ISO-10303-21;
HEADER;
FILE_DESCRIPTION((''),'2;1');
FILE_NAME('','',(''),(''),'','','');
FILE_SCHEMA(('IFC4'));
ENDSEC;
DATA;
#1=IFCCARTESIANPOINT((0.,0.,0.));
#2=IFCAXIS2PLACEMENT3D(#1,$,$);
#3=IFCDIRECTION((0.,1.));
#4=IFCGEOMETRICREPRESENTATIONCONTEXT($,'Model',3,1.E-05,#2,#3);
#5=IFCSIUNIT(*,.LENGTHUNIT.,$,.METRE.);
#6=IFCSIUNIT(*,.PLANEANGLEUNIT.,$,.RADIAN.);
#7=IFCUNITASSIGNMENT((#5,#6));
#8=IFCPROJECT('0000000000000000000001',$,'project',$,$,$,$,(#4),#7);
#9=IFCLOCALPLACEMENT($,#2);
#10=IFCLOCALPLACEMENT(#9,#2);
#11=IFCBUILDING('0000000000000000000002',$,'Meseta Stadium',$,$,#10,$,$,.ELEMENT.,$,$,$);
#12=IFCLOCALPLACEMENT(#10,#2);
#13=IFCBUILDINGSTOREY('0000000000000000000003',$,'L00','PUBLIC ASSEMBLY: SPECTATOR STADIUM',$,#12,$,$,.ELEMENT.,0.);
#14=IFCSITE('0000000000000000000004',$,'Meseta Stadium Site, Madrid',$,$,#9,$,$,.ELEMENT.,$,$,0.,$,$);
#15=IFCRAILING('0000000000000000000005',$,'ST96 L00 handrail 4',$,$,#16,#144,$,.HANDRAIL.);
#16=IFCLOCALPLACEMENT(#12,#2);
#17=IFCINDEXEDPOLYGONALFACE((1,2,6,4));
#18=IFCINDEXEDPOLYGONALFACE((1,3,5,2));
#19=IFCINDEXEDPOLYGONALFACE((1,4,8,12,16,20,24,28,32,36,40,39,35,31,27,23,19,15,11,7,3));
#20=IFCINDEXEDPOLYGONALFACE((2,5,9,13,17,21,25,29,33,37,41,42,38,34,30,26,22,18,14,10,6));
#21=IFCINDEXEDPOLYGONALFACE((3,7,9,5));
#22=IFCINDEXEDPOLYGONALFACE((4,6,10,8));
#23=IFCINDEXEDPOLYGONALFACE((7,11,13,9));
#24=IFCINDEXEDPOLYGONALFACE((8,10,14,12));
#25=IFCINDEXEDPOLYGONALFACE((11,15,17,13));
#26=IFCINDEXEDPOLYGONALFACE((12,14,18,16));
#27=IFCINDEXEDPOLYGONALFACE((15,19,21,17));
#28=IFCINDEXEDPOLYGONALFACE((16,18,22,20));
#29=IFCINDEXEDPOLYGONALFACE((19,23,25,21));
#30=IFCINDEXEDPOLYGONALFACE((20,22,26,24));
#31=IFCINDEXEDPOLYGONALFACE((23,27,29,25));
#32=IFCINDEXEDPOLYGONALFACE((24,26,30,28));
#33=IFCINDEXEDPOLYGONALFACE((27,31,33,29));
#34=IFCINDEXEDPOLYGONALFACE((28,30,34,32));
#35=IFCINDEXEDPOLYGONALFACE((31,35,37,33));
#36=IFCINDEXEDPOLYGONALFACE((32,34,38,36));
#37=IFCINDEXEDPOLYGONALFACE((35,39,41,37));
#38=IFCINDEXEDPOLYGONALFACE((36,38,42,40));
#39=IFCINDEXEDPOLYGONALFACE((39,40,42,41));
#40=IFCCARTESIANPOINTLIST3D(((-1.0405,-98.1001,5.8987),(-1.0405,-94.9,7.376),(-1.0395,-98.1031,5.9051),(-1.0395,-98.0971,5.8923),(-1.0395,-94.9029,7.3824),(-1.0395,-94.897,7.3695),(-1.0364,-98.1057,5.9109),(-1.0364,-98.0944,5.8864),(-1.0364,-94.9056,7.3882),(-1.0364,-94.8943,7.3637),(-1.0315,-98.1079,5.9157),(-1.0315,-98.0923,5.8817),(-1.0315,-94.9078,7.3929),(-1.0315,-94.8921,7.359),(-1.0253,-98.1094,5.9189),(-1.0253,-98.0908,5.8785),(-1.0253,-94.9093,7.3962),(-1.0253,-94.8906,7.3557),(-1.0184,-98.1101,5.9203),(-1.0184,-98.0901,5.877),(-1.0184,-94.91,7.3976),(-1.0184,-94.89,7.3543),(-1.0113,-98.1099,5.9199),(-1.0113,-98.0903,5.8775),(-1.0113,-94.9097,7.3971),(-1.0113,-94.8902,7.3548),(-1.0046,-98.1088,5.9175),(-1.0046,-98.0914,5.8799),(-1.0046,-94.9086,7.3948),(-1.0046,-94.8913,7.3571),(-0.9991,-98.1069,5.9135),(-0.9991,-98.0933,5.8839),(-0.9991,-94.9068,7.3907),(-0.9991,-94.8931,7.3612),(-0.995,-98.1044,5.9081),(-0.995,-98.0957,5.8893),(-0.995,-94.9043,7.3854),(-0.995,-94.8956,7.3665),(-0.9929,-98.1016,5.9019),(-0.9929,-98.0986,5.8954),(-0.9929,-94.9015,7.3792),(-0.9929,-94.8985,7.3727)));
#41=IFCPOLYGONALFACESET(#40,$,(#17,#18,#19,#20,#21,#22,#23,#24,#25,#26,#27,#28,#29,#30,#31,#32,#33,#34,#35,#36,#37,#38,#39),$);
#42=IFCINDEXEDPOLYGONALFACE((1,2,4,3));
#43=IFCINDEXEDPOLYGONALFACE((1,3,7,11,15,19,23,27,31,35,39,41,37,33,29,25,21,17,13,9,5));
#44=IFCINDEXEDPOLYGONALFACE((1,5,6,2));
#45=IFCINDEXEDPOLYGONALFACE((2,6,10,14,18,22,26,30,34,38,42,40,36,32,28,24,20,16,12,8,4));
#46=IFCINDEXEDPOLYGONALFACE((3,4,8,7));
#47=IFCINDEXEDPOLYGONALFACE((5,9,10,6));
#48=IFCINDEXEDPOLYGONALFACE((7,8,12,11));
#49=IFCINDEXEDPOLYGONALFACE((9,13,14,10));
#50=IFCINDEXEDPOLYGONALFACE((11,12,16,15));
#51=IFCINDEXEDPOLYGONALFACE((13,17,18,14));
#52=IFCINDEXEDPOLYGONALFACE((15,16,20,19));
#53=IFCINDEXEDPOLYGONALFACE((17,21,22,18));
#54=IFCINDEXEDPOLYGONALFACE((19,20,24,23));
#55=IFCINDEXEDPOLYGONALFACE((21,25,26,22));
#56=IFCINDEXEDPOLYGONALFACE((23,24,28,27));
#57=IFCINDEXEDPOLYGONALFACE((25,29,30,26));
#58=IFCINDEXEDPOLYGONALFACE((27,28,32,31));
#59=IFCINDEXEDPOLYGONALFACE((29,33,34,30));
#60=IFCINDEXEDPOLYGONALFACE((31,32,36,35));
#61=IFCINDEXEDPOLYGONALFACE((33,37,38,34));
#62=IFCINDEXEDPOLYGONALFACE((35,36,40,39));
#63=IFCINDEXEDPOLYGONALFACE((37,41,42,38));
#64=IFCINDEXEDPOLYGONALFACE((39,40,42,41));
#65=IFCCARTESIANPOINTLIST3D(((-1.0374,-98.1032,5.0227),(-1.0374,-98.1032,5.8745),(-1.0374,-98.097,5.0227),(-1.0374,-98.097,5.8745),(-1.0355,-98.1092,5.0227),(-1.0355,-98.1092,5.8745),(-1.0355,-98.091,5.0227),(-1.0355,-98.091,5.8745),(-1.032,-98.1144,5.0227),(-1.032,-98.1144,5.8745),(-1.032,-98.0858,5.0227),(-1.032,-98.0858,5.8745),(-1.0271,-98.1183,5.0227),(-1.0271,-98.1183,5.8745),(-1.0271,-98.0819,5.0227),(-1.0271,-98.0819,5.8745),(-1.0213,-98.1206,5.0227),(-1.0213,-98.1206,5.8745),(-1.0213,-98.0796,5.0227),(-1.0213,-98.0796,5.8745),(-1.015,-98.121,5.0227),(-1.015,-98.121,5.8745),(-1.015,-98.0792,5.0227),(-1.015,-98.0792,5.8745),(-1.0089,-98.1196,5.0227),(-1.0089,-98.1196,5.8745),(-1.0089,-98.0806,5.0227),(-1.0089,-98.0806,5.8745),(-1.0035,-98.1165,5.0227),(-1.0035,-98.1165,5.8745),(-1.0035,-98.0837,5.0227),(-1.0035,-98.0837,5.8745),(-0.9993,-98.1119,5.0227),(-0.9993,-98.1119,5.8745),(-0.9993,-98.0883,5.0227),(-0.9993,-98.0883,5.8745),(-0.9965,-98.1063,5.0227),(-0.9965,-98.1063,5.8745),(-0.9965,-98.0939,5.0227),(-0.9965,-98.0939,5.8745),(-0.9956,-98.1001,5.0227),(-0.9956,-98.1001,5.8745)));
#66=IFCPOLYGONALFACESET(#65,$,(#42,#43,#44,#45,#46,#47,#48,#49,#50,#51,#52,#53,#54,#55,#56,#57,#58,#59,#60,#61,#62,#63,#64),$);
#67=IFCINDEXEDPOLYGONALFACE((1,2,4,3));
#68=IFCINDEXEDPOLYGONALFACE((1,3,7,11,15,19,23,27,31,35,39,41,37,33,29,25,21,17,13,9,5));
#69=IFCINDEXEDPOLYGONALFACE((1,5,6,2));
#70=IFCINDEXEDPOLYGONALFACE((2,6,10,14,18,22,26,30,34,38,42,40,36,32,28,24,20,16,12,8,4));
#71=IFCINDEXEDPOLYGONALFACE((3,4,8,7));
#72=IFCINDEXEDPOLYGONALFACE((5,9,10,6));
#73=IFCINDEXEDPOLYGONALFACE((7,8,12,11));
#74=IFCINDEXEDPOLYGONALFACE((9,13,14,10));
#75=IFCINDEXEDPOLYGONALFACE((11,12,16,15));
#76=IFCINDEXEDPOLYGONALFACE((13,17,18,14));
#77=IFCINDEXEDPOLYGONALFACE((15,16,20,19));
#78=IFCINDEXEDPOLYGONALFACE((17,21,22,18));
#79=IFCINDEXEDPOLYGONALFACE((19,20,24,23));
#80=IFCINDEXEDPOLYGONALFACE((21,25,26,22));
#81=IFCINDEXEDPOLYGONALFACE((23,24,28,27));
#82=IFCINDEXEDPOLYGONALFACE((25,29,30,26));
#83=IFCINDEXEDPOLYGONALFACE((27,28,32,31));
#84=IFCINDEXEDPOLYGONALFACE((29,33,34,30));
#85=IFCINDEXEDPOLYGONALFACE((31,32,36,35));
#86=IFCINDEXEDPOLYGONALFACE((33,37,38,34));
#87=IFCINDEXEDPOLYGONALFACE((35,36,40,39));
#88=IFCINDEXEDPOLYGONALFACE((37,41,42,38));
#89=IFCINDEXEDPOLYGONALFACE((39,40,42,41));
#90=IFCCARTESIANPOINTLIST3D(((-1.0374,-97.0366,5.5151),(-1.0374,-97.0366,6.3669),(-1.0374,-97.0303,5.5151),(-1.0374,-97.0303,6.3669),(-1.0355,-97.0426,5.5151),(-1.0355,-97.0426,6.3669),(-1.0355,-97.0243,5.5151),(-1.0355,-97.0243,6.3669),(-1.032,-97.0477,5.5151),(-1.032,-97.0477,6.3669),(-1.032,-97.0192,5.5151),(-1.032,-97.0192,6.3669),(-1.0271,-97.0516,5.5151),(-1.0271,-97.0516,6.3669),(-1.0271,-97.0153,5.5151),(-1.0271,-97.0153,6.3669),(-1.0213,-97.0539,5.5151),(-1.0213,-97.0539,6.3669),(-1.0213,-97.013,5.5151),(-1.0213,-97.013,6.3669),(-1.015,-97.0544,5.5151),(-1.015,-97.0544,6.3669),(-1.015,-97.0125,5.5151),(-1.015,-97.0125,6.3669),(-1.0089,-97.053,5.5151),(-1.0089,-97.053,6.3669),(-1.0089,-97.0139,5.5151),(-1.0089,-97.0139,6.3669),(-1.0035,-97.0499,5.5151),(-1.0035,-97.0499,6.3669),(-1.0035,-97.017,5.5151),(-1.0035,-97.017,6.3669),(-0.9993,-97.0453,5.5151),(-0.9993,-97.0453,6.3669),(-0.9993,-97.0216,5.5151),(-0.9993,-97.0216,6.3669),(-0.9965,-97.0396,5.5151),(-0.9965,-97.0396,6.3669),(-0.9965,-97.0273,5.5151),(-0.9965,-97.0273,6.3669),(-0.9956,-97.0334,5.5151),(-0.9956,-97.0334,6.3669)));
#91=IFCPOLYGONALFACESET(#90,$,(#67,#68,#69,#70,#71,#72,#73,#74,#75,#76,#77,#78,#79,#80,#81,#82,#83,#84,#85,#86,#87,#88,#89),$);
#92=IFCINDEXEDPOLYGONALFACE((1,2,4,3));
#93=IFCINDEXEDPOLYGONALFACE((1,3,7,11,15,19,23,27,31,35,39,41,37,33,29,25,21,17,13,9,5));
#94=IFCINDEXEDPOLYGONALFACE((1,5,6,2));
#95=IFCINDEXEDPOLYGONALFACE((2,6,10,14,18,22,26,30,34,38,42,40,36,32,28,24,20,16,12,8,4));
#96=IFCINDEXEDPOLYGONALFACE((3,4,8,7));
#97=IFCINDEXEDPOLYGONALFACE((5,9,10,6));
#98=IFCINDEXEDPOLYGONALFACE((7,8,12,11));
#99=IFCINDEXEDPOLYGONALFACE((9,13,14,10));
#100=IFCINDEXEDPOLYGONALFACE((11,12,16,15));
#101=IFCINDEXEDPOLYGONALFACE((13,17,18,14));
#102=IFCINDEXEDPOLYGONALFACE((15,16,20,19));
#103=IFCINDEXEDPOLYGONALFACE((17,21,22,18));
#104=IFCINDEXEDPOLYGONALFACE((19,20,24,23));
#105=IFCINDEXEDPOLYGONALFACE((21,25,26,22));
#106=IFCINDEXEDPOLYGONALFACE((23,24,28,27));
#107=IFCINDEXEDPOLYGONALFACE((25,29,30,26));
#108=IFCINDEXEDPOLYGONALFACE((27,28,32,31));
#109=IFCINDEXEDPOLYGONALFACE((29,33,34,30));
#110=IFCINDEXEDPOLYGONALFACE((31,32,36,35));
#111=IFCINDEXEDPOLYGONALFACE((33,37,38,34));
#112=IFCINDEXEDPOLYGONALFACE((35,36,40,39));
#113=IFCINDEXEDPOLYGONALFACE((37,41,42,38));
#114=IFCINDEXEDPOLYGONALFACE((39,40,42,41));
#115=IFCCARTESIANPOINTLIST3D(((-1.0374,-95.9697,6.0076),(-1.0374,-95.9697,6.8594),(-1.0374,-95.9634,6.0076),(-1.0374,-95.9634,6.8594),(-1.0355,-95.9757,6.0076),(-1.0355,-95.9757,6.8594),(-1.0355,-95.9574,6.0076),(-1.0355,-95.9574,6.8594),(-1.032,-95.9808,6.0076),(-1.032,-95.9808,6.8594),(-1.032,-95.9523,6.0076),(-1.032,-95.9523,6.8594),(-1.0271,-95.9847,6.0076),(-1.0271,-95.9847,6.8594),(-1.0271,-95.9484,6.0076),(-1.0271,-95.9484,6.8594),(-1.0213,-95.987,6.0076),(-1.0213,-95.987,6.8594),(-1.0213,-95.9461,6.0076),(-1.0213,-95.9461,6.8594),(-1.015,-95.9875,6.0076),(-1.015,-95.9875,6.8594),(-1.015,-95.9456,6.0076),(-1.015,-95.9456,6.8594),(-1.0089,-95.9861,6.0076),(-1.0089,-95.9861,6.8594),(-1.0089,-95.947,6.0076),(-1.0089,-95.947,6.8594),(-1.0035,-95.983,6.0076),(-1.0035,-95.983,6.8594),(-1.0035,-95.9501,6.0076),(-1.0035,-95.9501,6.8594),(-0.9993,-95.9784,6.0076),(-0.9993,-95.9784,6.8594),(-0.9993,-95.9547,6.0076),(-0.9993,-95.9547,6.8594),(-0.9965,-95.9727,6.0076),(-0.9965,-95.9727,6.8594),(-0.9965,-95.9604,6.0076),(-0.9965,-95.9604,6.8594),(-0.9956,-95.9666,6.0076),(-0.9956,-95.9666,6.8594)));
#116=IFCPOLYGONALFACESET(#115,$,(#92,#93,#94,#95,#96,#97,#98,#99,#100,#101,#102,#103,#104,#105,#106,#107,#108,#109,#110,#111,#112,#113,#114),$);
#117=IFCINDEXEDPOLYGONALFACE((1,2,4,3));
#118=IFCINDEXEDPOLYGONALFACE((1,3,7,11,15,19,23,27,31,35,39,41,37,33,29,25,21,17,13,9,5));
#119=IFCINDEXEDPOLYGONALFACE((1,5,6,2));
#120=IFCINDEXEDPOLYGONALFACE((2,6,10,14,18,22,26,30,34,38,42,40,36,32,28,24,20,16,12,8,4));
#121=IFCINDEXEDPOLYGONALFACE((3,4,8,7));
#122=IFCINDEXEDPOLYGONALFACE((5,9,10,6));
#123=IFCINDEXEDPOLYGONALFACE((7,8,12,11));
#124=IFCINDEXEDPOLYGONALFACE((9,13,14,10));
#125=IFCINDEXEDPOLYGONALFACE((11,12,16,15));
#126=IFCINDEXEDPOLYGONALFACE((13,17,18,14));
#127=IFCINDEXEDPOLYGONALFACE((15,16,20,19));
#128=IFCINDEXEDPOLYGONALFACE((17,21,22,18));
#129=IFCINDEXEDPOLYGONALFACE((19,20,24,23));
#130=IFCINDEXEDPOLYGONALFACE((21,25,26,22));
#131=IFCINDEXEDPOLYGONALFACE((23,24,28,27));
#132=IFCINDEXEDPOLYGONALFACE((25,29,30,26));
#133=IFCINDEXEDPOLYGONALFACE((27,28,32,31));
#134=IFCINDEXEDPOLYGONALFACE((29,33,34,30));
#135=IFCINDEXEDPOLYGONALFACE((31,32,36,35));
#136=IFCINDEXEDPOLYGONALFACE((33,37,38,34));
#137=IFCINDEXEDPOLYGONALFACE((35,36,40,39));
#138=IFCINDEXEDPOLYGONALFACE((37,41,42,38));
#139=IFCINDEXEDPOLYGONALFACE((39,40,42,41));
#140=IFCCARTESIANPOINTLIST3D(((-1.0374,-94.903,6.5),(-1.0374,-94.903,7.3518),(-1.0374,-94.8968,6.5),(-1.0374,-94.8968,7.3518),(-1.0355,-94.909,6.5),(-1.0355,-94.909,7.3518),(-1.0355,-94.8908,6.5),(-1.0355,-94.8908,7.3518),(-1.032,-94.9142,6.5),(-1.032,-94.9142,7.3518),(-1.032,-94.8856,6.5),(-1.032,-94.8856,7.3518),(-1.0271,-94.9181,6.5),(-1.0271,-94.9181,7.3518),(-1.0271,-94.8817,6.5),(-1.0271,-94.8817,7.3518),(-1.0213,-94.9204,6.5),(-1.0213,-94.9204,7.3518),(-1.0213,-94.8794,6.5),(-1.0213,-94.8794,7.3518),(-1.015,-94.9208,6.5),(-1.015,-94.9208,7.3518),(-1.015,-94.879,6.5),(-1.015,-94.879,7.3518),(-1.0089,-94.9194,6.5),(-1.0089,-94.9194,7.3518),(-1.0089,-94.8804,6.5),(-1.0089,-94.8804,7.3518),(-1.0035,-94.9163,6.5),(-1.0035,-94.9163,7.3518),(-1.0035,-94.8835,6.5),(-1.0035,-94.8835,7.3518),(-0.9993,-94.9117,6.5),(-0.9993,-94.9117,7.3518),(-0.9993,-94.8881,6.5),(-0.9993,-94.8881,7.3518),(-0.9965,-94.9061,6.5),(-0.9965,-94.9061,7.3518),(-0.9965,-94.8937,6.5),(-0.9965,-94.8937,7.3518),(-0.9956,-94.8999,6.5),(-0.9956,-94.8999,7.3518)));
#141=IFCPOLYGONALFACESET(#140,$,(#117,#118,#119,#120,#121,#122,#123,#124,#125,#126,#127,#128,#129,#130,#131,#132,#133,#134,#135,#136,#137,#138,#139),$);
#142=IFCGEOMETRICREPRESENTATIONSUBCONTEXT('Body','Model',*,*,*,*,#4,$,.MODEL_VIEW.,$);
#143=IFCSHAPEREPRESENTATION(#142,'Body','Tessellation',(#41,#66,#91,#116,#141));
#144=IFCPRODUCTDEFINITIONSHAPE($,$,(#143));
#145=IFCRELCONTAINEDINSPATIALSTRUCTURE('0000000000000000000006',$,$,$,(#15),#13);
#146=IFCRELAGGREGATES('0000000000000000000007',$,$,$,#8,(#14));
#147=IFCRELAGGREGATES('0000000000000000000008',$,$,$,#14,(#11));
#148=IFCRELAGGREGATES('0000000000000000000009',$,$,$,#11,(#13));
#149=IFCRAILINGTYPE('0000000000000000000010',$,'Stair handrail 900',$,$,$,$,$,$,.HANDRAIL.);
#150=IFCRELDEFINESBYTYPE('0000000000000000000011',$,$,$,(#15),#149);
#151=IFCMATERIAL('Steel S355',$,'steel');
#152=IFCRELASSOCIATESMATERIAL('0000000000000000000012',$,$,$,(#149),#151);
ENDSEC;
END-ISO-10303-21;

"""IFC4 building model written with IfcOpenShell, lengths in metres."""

from ifc_helpers import new_model, si_unit, direction, frame, origin, origin_2d, place, context, subcontext, project, spatial, circle, extrude, material, type_object, element, save


model = new_model("IFC4")

# Units and contexts
model_context = context("Model", 3, precision=1e-05, world=origin(), true_north=direction((0.0, 1.0)))
body_context = subcontext(model_context, "Body", "Model", "MODEL_VIEW")
ifc_project = project(units=[si_unit("LENGTHUNIT", "METRE"), si_unit("PLANEANGLEUNIT", "RADIAN")], contexts=[model_context])

# Site, building, storey
site_placement = place(None, origin())
site = spatial("IfcSite", under=ifc_project, at=site_placement, Name="Meseta Stadium Site, Madrid", CompositionType="ELEMENT", RefElevation=0.0)
building_placement = place(site_placement, origin())
building = spatial("IfcBuilding", under=site, at=building_placement, Name="Meseta Stadium", CompositionType="ELEMENT")
storey_placement = place(building_placement, origin())
storey = spatial("IfcBuildingStorey", under=building, at=storey_placement, Name="L00", Description="PUBLIC ASSEMBLY: SPECTATOR STADIUM", CompositionType="ELEMENT", Elevation=0.0)

# Railing
ifc_material_1 = material(Name="Steel S355", Category="steel")
railing_type_1 = type_object("IfcRailingType", Name="Stair handrail 900", PredefinedType="HANDRAIL", material=ifc_material_1)
railing_1_placement = place(storey_placement, frame((-1.0166, -98.1001, 5.0227)))
element("IfcRailing", 1, at=railing_1_placement, inside=storey, type_object=railing_type_1, Name="ST96 L00 handrail 4", PredefinedType="HANDRAIL", context=body_context, shape_type="SweptSolid", body=[
    extrude(circle(Radius=0.0239, at=origin_2d()), frame((0.0, 0.0, 0.876), z_axis=(0.0, 0.907929, 0.419124), x_axis=(-1.0, 0.0, 0.0)), (0.0, 0.0, 1.0), 3.5247),
    extrude(circle(Radius=0.021, at=origin_2d()), origin(), (0.0, 0.0, 1.0), 0.8518),
    extrude(circle(Radius=0.021, at=origin_2d()), frame((0.0, 1.0667, 0.4924)), (0.0, 0.0, 1.0), 0.8518),
    extrude(circle(Radius=0.021, at=origin_2d()), frame((0.0, 2.1335, 0.9849)), (0.0, 0.0, 1.0), 0.8518),
    extrude(circle(Radius=0.021, at=origin_2d()), frame((0.0, 3.2002, 1.4773)), (0.0, 0.0, 1.0), 0.8518),
])

save(model, "model.ifc")
